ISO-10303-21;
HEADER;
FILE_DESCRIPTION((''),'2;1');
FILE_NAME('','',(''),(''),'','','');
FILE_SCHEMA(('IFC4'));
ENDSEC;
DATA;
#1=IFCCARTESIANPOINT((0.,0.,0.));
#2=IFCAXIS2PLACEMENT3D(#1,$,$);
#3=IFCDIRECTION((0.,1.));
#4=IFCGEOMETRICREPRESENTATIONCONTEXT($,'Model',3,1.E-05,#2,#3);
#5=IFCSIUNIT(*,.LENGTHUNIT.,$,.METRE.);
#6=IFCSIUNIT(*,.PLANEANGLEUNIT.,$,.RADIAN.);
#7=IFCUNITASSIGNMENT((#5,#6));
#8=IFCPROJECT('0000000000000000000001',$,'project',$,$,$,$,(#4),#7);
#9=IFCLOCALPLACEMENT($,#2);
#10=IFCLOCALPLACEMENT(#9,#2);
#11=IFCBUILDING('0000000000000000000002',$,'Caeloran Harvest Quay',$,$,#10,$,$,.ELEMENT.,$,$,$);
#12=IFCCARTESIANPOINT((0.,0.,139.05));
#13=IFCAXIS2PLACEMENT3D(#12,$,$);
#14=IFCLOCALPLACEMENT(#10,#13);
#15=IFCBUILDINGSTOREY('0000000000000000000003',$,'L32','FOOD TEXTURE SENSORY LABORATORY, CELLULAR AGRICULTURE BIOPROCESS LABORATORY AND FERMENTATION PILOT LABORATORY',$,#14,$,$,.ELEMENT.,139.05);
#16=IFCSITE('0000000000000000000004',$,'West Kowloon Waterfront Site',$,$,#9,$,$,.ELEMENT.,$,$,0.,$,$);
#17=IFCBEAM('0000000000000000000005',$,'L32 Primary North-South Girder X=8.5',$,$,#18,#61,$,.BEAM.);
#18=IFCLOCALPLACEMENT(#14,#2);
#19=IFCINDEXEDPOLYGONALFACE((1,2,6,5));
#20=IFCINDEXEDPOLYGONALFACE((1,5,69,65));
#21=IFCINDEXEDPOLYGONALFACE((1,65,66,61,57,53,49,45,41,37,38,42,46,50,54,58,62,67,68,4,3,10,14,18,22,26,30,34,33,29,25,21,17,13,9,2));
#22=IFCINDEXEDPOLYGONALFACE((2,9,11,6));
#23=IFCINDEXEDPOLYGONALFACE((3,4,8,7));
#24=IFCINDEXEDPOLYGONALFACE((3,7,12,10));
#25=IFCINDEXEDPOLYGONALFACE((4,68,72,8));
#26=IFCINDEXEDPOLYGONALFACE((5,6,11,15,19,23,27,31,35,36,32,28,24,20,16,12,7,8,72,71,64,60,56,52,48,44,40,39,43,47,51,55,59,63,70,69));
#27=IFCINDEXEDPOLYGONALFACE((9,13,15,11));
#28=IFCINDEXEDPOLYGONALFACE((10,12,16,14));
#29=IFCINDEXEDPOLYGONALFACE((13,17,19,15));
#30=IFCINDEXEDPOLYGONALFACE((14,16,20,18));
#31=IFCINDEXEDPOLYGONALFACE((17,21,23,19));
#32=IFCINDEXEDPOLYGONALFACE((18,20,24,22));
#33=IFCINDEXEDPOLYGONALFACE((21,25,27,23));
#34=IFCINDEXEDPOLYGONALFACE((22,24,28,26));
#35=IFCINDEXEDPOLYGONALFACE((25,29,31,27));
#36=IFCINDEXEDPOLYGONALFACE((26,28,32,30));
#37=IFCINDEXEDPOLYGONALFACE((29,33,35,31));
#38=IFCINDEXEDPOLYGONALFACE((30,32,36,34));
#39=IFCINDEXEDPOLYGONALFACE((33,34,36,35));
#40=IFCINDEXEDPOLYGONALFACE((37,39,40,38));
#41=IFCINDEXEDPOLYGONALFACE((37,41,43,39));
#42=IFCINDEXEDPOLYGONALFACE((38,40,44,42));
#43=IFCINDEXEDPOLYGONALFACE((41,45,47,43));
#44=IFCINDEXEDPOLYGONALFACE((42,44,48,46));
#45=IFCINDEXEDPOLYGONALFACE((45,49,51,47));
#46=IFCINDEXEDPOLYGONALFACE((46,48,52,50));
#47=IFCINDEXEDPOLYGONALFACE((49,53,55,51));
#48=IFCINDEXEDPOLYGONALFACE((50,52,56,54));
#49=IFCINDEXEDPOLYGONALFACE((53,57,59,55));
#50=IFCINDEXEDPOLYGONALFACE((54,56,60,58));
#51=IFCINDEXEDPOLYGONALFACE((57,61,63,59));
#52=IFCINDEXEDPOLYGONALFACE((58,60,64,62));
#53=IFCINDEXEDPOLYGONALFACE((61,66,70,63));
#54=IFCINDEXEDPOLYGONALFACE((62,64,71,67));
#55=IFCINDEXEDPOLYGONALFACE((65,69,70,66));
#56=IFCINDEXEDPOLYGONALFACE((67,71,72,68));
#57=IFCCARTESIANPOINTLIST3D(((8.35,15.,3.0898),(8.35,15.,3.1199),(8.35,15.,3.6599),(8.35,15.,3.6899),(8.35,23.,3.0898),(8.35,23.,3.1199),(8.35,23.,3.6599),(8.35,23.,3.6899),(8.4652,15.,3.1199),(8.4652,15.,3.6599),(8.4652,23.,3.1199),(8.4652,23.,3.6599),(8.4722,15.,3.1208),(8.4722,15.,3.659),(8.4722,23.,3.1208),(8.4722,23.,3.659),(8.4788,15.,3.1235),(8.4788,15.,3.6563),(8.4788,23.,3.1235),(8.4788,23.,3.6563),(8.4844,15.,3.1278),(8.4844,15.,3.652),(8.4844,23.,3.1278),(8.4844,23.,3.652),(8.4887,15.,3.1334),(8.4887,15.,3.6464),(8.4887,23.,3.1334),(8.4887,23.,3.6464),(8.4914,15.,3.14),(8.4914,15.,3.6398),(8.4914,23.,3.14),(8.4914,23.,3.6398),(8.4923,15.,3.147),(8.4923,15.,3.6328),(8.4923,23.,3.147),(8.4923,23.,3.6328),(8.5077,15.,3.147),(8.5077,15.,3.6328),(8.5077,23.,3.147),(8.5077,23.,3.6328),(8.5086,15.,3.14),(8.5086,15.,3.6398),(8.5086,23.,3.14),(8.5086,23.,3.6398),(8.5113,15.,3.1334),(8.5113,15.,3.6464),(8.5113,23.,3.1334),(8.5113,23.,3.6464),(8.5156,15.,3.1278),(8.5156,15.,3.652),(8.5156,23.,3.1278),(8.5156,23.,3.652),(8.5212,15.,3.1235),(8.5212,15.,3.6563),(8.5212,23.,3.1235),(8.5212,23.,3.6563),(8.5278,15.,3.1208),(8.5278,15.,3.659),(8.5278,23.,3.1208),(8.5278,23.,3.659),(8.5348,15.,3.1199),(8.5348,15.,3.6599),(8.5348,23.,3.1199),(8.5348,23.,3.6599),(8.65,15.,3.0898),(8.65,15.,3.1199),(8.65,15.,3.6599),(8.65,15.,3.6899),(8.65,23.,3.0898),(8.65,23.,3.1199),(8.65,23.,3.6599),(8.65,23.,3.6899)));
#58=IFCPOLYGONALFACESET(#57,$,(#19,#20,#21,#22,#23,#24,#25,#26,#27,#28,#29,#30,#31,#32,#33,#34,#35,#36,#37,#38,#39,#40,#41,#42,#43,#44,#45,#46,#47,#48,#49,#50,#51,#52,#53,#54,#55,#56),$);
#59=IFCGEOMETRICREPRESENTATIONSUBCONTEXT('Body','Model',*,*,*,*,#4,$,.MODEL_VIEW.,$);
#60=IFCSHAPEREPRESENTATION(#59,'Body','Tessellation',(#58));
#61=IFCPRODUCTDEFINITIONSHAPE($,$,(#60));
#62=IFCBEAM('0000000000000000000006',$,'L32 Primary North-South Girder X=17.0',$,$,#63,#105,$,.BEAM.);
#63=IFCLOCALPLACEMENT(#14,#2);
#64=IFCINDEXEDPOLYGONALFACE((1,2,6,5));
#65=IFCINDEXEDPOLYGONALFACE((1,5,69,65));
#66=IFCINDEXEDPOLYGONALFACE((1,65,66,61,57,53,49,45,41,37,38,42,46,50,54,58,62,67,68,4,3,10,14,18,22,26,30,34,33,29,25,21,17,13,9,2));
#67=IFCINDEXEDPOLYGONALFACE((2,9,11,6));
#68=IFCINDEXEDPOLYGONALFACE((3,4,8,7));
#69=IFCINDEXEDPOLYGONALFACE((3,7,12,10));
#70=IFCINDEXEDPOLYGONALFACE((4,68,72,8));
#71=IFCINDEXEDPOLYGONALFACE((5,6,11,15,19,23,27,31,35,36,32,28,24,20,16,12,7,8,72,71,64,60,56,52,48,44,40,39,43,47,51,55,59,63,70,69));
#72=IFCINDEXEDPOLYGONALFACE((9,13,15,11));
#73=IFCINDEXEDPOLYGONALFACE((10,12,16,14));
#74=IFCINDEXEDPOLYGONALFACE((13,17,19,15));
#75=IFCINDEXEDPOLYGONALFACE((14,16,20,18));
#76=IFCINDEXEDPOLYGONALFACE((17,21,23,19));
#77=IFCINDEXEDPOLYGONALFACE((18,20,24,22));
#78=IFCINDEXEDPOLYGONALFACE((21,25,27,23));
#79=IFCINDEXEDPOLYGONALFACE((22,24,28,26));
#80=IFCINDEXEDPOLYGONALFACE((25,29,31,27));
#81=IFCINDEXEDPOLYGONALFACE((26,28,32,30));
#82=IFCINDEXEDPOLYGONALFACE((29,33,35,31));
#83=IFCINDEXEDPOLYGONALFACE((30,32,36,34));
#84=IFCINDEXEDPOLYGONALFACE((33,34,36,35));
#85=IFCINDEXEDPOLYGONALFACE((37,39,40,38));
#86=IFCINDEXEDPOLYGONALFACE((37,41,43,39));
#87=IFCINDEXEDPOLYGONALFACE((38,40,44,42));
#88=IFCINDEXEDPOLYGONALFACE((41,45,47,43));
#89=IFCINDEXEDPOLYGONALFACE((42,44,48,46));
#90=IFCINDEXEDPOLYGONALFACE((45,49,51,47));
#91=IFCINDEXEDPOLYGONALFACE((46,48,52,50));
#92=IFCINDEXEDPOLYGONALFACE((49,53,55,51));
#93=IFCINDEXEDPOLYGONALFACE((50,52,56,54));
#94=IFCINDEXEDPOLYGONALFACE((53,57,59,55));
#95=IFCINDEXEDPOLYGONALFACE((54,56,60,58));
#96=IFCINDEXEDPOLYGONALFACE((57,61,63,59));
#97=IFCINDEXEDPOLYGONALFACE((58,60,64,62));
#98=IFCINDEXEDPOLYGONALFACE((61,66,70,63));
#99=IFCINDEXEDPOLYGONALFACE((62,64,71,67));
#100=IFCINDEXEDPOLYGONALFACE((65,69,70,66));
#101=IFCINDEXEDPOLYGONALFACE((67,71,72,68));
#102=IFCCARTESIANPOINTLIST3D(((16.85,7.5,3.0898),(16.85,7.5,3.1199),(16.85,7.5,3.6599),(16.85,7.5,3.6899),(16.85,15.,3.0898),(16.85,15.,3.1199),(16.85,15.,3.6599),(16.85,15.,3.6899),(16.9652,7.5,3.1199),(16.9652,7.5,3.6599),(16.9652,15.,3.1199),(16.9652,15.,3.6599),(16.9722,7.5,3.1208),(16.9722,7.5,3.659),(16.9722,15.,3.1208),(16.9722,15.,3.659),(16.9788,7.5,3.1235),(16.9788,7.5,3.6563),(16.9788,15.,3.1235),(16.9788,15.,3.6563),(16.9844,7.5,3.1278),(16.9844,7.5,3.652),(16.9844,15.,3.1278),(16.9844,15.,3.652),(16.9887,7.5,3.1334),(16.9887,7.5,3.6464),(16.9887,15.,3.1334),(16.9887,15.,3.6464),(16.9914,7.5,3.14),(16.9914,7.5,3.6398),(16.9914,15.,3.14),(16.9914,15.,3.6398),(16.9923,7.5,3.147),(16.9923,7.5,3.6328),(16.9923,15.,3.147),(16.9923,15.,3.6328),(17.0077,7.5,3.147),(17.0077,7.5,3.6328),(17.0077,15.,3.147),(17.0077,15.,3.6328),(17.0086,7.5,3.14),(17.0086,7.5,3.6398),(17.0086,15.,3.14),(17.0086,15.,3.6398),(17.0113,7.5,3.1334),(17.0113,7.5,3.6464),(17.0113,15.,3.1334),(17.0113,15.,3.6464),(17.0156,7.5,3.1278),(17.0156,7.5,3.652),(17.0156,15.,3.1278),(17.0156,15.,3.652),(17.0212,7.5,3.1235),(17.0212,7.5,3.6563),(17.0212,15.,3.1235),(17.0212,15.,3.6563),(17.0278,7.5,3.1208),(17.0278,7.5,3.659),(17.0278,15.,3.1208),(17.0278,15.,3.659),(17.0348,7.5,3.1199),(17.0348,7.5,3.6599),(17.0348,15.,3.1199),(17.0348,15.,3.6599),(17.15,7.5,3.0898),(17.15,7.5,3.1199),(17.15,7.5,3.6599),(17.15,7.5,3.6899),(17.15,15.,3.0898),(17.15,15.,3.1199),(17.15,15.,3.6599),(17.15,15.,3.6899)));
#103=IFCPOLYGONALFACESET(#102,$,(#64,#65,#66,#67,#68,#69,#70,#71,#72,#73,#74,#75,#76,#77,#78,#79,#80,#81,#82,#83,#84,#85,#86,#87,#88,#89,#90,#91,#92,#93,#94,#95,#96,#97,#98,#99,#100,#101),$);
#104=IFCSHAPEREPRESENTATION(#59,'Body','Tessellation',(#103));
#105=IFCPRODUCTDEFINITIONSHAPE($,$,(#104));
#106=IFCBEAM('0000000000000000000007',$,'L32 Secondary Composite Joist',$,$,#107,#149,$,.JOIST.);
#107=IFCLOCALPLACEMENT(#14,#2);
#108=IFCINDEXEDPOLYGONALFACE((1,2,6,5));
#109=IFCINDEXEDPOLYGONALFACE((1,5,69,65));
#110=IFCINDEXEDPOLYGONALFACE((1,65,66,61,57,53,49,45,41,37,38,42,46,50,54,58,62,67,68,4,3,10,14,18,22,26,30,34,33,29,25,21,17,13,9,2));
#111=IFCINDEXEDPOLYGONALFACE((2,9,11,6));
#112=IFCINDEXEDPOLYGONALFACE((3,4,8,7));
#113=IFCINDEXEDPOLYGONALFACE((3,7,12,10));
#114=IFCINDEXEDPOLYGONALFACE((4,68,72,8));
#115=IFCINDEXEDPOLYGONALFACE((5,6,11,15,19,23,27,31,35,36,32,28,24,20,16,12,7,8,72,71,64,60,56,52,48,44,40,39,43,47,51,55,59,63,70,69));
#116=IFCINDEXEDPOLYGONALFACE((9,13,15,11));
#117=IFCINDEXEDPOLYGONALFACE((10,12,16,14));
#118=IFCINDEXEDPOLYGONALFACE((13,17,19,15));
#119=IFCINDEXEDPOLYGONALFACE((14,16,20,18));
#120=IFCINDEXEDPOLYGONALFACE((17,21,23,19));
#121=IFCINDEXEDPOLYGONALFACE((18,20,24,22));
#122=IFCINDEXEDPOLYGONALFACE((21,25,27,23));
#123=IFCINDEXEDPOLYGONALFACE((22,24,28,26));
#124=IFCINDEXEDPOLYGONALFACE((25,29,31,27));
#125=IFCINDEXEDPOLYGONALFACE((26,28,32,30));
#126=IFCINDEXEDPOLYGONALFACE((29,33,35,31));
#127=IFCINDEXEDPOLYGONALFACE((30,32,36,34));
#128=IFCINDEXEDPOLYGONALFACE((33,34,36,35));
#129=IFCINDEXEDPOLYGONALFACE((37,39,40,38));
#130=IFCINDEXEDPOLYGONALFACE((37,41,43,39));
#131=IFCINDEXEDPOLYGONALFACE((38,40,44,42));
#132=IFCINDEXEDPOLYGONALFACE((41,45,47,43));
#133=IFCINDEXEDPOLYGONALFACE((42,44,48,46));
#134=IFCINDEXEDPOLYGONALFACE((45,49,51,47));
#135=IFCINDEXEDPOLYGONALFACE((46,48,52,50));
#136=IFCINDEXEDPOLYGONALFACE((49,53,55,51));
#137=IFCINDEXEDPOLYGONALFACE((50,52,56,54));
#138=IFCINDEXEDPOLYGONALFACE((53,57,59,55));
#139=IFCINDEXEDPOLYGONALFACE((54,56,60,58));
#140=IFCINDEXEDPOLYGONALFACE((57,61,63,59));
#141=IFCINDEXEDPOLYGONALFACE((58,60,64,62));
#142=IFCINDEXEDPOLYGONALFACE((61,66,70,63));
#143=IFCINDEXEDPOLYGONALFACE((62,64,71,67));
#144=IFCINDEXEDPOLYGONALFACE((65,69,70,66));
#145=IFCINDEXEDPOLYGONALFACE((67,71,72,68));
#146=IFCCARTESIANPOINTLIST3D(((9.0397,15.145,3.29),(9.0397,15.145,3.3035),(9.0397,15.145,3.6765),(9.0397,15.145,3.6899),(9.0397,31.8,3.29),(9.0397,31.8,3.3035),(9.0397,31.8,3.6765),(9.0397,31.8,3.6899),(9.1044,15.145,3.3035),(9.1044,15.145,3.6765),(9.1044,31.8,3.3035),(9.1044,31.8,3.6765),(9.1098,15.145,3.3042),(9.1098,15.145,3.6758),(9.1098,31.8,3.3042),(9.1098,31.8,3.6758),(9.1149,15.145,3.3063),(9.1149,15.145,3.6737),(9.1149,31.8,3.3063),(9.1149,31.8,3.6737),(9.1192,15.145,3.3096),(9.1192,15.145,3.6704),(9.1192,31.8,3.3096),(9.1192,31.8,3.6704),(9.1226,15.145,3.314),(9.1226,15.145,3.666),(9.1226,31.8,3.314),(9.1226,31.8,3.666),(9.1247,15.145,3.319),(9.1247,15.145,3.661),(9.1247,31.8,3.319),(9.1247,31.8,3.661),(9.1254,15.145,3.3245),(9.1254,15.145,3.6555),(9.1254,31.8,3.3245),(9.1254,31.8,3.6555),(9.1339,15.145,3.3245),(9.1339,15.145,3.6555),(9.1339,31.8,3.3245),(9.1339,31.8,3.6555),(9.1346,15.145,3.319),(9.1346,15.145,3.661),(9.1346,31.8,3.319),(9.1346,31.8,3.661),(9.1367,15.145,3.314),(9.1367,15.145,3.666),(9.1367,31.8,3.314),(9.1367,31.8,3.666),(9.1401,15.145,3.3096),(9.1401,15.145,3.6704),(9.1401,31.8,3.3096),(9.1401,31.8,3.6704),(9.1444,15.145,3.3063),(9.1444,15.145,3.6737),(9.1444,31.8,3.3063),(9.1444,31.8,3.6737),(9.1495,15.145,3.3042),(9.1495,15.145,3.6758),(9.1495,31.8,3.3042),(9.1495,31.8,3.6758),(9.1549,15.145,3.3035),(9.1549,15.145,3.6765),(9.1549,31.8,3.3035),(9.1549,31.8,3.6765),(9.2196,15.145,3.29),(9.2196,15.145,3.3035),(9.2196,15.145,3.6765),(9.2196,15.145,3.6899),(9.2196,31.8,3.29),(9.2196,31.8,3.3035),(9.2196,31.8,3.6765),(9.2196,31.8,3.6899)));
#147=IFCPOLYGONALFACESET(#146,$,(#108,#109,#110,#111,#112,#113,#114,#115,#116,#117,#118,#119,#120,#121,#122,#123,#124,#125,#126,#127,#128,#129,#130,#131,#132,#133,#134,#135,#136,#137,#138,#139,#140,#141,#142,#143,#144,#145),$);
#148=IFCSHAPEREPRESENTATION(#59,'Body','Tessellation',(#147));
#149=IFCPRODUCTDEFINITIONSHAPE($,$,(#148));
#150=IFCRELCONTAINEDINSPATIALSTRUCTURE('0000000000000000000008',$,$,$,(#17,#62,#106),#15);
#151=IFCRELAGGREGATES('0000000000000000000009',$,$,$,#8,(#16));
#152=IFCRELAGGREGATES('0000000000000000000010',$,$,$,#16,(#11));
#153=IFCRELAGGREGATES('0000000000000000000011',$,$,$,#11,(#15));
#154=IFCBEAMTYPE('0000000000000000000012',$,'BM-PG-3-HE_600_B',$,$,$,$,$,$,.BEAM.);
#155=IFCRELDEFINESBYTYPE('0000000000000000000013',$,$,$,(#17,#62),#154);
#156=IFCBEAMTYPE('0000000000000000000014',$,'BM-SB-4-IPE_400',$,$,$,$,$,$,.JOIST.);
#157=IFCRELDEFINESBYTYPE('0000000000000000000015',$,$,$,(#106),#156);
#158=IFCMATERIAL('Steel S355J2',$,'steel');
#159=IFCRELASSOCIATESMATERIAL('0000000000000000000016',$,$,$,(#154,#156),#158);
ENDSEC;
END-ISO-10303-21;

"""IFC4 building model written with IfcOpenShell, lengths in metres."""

from ifc_helpers import new_model, si_unit, direction, frame, origin, origin_2d, place, context, subcontext, project, spatial, i_section, extrude, material, material_profile, profile_set, type_object, element, save


model = new_model("IFC4")

# Units and contexts
model_context = context("Model", 3, precision=1e-05, world=origin(), true_north=direction((0.0, 1.0)))
body_context = subcontext(model_context, "Body", "Model", "MODEL_VIEW")
ifc_project = project(units=[si_unit("LENGTHUNIT", "METRE"), si_unit("PLANEANGLEUNIT", "RADIAN")], contexts=[model_context])

# Site, building, storey
site_placement = place(None, origin())
site = spatial("IfcSite", under=ifc_project, at=site_placement, Name="West Kowloon Waterfront Site", CompositionType="ELEMENT", RefElevation=0.0)
building_placement = place(site_placement, origin())
building = spatial("IfcBuilding", under=site, at=building_placement, Name="Caeloran Harvest Quay", CompositionType="ELEMENT")
storey_placement = place(building_placement, frame((0.0, 0.0, 139.05)))
storey = spatial("IfcBuildingStorey", under=building, at=storey_placement, Name="L32", Description="FOOD TEXTURE SENSORY LABORATORY, CELLULAR AGRICULTURE BIOPROCESS LABORATORY AND FERMENTATION PILOT LABORATORY", CompositionType="ELEMENT", Elevation=139.05)

# Beams
ifc_material_1 = material(Name="Steel S355J2", Category="steel")
ifc_material_profile_1 = material_profile(ifc_material_1, i_section(OverallWidth=0.3, OverallDepth=0.6001, WebThickness=0.0154, FlangeThickness=0.03, FilletRadius=0.0271, at=origin_2d()), Name="HE 600 B")
ifc_profile_set_1 = profile_set([ifc_material_profile_1], Name="Steel S355J2")
beam_type_1 = type_object("IfcBeamType", Name="BM-PG-3-HE_600_B", PredefinedType="BEAM", material=ifc_profile_set_1)
beam_1_placement = place(storey_placement, frame((8.5, 15.0, 3.3899), z_axis=(0.0, 1.0, 0.0), x_axis=(-1.0, 0.0, 0.0)))
element("IfcBeam", 1, at=beam_1_placement, inside=storey, type_object=beam_type_1, Name="L32 Primary North-South Girder X=8.5", PredefinedType="BEAM", context=body_context, shape_type="SweptSolid", body=[
    extrude(i_section(OverallWidth=0.3, OverallDepth=0.6001, WebThickness=0.0154, FlangeThickness=0.03, FilletRadius=0.0271, at=origin_2d()), origin(), (0.0, 0.0, 1.0), 8.0),
])
beam_2_placement = place(storey_placement, frame((17.0, 7.5, 3.3899), z_axis=(0.0, 1.0, 0.0), x_axis=(-1.0, 0.0, 0.0)))
element("IfcBeam", 2, at=beam_2_placement, inside=storey, type_object=beam_type_1, Name="L32 Primary North-South Girder X=17.0", PredefinedType="BEAM", context=body_context, shape_type="SweptSolid", body=[
    extrude(i_section(OverallWidth=0.3, OverallDepth=0.6001, WebThickness=0.0154, FlangeThickness=0.03, FilletRadius=0.0271, at=origin_2d()), origin(), (0.0, 0.0, 1.0), 7.5),
])
ifc_material_profile_2 = material_profile(ifc_material_1, i_section(OverallWidth=0.1799, OverallDepth=0.3999, WebThickness=0.0085, FlangeThickness=0.0134, FilletRadius=0.021, at=origin_2d()), Name="IPE 400")
ifc_profile_set_2 = profile_set([ifc_material_profile_2], Name="Steel S355J2")
beam_type_2 = type_object("IfcBeamType", Name="BM-SB-4-IPE_400", PredefinedType="JOIST", material=ifc_profile_set_2)
beam_3_placement = place(storey_placement, frame((9.1296, 15.145, 3.49), z_axis=(0.0, 1.0, 0.0), x_axis=(-1.0, 0.0, 0.0)))
element("IfcBeam", 3, at=beam_3_placement, inside=storey, type_object=beam_type_2, Name="L32 Secondary Composite Joist", PredefinedType="JOIST", context=body_context, shape_type="SweptSolid", body=[
    extrude(i_section(OverallWidth=0.1799, OverallDepth=0.3999, WebThickness=0.0085, FlangeThickness=0.0134, FilletRadius=0.021, at=origin_2d()), origin(), (0.0, 0.0, 1.0), 16.655),
])

save(model, "model.ifc")
